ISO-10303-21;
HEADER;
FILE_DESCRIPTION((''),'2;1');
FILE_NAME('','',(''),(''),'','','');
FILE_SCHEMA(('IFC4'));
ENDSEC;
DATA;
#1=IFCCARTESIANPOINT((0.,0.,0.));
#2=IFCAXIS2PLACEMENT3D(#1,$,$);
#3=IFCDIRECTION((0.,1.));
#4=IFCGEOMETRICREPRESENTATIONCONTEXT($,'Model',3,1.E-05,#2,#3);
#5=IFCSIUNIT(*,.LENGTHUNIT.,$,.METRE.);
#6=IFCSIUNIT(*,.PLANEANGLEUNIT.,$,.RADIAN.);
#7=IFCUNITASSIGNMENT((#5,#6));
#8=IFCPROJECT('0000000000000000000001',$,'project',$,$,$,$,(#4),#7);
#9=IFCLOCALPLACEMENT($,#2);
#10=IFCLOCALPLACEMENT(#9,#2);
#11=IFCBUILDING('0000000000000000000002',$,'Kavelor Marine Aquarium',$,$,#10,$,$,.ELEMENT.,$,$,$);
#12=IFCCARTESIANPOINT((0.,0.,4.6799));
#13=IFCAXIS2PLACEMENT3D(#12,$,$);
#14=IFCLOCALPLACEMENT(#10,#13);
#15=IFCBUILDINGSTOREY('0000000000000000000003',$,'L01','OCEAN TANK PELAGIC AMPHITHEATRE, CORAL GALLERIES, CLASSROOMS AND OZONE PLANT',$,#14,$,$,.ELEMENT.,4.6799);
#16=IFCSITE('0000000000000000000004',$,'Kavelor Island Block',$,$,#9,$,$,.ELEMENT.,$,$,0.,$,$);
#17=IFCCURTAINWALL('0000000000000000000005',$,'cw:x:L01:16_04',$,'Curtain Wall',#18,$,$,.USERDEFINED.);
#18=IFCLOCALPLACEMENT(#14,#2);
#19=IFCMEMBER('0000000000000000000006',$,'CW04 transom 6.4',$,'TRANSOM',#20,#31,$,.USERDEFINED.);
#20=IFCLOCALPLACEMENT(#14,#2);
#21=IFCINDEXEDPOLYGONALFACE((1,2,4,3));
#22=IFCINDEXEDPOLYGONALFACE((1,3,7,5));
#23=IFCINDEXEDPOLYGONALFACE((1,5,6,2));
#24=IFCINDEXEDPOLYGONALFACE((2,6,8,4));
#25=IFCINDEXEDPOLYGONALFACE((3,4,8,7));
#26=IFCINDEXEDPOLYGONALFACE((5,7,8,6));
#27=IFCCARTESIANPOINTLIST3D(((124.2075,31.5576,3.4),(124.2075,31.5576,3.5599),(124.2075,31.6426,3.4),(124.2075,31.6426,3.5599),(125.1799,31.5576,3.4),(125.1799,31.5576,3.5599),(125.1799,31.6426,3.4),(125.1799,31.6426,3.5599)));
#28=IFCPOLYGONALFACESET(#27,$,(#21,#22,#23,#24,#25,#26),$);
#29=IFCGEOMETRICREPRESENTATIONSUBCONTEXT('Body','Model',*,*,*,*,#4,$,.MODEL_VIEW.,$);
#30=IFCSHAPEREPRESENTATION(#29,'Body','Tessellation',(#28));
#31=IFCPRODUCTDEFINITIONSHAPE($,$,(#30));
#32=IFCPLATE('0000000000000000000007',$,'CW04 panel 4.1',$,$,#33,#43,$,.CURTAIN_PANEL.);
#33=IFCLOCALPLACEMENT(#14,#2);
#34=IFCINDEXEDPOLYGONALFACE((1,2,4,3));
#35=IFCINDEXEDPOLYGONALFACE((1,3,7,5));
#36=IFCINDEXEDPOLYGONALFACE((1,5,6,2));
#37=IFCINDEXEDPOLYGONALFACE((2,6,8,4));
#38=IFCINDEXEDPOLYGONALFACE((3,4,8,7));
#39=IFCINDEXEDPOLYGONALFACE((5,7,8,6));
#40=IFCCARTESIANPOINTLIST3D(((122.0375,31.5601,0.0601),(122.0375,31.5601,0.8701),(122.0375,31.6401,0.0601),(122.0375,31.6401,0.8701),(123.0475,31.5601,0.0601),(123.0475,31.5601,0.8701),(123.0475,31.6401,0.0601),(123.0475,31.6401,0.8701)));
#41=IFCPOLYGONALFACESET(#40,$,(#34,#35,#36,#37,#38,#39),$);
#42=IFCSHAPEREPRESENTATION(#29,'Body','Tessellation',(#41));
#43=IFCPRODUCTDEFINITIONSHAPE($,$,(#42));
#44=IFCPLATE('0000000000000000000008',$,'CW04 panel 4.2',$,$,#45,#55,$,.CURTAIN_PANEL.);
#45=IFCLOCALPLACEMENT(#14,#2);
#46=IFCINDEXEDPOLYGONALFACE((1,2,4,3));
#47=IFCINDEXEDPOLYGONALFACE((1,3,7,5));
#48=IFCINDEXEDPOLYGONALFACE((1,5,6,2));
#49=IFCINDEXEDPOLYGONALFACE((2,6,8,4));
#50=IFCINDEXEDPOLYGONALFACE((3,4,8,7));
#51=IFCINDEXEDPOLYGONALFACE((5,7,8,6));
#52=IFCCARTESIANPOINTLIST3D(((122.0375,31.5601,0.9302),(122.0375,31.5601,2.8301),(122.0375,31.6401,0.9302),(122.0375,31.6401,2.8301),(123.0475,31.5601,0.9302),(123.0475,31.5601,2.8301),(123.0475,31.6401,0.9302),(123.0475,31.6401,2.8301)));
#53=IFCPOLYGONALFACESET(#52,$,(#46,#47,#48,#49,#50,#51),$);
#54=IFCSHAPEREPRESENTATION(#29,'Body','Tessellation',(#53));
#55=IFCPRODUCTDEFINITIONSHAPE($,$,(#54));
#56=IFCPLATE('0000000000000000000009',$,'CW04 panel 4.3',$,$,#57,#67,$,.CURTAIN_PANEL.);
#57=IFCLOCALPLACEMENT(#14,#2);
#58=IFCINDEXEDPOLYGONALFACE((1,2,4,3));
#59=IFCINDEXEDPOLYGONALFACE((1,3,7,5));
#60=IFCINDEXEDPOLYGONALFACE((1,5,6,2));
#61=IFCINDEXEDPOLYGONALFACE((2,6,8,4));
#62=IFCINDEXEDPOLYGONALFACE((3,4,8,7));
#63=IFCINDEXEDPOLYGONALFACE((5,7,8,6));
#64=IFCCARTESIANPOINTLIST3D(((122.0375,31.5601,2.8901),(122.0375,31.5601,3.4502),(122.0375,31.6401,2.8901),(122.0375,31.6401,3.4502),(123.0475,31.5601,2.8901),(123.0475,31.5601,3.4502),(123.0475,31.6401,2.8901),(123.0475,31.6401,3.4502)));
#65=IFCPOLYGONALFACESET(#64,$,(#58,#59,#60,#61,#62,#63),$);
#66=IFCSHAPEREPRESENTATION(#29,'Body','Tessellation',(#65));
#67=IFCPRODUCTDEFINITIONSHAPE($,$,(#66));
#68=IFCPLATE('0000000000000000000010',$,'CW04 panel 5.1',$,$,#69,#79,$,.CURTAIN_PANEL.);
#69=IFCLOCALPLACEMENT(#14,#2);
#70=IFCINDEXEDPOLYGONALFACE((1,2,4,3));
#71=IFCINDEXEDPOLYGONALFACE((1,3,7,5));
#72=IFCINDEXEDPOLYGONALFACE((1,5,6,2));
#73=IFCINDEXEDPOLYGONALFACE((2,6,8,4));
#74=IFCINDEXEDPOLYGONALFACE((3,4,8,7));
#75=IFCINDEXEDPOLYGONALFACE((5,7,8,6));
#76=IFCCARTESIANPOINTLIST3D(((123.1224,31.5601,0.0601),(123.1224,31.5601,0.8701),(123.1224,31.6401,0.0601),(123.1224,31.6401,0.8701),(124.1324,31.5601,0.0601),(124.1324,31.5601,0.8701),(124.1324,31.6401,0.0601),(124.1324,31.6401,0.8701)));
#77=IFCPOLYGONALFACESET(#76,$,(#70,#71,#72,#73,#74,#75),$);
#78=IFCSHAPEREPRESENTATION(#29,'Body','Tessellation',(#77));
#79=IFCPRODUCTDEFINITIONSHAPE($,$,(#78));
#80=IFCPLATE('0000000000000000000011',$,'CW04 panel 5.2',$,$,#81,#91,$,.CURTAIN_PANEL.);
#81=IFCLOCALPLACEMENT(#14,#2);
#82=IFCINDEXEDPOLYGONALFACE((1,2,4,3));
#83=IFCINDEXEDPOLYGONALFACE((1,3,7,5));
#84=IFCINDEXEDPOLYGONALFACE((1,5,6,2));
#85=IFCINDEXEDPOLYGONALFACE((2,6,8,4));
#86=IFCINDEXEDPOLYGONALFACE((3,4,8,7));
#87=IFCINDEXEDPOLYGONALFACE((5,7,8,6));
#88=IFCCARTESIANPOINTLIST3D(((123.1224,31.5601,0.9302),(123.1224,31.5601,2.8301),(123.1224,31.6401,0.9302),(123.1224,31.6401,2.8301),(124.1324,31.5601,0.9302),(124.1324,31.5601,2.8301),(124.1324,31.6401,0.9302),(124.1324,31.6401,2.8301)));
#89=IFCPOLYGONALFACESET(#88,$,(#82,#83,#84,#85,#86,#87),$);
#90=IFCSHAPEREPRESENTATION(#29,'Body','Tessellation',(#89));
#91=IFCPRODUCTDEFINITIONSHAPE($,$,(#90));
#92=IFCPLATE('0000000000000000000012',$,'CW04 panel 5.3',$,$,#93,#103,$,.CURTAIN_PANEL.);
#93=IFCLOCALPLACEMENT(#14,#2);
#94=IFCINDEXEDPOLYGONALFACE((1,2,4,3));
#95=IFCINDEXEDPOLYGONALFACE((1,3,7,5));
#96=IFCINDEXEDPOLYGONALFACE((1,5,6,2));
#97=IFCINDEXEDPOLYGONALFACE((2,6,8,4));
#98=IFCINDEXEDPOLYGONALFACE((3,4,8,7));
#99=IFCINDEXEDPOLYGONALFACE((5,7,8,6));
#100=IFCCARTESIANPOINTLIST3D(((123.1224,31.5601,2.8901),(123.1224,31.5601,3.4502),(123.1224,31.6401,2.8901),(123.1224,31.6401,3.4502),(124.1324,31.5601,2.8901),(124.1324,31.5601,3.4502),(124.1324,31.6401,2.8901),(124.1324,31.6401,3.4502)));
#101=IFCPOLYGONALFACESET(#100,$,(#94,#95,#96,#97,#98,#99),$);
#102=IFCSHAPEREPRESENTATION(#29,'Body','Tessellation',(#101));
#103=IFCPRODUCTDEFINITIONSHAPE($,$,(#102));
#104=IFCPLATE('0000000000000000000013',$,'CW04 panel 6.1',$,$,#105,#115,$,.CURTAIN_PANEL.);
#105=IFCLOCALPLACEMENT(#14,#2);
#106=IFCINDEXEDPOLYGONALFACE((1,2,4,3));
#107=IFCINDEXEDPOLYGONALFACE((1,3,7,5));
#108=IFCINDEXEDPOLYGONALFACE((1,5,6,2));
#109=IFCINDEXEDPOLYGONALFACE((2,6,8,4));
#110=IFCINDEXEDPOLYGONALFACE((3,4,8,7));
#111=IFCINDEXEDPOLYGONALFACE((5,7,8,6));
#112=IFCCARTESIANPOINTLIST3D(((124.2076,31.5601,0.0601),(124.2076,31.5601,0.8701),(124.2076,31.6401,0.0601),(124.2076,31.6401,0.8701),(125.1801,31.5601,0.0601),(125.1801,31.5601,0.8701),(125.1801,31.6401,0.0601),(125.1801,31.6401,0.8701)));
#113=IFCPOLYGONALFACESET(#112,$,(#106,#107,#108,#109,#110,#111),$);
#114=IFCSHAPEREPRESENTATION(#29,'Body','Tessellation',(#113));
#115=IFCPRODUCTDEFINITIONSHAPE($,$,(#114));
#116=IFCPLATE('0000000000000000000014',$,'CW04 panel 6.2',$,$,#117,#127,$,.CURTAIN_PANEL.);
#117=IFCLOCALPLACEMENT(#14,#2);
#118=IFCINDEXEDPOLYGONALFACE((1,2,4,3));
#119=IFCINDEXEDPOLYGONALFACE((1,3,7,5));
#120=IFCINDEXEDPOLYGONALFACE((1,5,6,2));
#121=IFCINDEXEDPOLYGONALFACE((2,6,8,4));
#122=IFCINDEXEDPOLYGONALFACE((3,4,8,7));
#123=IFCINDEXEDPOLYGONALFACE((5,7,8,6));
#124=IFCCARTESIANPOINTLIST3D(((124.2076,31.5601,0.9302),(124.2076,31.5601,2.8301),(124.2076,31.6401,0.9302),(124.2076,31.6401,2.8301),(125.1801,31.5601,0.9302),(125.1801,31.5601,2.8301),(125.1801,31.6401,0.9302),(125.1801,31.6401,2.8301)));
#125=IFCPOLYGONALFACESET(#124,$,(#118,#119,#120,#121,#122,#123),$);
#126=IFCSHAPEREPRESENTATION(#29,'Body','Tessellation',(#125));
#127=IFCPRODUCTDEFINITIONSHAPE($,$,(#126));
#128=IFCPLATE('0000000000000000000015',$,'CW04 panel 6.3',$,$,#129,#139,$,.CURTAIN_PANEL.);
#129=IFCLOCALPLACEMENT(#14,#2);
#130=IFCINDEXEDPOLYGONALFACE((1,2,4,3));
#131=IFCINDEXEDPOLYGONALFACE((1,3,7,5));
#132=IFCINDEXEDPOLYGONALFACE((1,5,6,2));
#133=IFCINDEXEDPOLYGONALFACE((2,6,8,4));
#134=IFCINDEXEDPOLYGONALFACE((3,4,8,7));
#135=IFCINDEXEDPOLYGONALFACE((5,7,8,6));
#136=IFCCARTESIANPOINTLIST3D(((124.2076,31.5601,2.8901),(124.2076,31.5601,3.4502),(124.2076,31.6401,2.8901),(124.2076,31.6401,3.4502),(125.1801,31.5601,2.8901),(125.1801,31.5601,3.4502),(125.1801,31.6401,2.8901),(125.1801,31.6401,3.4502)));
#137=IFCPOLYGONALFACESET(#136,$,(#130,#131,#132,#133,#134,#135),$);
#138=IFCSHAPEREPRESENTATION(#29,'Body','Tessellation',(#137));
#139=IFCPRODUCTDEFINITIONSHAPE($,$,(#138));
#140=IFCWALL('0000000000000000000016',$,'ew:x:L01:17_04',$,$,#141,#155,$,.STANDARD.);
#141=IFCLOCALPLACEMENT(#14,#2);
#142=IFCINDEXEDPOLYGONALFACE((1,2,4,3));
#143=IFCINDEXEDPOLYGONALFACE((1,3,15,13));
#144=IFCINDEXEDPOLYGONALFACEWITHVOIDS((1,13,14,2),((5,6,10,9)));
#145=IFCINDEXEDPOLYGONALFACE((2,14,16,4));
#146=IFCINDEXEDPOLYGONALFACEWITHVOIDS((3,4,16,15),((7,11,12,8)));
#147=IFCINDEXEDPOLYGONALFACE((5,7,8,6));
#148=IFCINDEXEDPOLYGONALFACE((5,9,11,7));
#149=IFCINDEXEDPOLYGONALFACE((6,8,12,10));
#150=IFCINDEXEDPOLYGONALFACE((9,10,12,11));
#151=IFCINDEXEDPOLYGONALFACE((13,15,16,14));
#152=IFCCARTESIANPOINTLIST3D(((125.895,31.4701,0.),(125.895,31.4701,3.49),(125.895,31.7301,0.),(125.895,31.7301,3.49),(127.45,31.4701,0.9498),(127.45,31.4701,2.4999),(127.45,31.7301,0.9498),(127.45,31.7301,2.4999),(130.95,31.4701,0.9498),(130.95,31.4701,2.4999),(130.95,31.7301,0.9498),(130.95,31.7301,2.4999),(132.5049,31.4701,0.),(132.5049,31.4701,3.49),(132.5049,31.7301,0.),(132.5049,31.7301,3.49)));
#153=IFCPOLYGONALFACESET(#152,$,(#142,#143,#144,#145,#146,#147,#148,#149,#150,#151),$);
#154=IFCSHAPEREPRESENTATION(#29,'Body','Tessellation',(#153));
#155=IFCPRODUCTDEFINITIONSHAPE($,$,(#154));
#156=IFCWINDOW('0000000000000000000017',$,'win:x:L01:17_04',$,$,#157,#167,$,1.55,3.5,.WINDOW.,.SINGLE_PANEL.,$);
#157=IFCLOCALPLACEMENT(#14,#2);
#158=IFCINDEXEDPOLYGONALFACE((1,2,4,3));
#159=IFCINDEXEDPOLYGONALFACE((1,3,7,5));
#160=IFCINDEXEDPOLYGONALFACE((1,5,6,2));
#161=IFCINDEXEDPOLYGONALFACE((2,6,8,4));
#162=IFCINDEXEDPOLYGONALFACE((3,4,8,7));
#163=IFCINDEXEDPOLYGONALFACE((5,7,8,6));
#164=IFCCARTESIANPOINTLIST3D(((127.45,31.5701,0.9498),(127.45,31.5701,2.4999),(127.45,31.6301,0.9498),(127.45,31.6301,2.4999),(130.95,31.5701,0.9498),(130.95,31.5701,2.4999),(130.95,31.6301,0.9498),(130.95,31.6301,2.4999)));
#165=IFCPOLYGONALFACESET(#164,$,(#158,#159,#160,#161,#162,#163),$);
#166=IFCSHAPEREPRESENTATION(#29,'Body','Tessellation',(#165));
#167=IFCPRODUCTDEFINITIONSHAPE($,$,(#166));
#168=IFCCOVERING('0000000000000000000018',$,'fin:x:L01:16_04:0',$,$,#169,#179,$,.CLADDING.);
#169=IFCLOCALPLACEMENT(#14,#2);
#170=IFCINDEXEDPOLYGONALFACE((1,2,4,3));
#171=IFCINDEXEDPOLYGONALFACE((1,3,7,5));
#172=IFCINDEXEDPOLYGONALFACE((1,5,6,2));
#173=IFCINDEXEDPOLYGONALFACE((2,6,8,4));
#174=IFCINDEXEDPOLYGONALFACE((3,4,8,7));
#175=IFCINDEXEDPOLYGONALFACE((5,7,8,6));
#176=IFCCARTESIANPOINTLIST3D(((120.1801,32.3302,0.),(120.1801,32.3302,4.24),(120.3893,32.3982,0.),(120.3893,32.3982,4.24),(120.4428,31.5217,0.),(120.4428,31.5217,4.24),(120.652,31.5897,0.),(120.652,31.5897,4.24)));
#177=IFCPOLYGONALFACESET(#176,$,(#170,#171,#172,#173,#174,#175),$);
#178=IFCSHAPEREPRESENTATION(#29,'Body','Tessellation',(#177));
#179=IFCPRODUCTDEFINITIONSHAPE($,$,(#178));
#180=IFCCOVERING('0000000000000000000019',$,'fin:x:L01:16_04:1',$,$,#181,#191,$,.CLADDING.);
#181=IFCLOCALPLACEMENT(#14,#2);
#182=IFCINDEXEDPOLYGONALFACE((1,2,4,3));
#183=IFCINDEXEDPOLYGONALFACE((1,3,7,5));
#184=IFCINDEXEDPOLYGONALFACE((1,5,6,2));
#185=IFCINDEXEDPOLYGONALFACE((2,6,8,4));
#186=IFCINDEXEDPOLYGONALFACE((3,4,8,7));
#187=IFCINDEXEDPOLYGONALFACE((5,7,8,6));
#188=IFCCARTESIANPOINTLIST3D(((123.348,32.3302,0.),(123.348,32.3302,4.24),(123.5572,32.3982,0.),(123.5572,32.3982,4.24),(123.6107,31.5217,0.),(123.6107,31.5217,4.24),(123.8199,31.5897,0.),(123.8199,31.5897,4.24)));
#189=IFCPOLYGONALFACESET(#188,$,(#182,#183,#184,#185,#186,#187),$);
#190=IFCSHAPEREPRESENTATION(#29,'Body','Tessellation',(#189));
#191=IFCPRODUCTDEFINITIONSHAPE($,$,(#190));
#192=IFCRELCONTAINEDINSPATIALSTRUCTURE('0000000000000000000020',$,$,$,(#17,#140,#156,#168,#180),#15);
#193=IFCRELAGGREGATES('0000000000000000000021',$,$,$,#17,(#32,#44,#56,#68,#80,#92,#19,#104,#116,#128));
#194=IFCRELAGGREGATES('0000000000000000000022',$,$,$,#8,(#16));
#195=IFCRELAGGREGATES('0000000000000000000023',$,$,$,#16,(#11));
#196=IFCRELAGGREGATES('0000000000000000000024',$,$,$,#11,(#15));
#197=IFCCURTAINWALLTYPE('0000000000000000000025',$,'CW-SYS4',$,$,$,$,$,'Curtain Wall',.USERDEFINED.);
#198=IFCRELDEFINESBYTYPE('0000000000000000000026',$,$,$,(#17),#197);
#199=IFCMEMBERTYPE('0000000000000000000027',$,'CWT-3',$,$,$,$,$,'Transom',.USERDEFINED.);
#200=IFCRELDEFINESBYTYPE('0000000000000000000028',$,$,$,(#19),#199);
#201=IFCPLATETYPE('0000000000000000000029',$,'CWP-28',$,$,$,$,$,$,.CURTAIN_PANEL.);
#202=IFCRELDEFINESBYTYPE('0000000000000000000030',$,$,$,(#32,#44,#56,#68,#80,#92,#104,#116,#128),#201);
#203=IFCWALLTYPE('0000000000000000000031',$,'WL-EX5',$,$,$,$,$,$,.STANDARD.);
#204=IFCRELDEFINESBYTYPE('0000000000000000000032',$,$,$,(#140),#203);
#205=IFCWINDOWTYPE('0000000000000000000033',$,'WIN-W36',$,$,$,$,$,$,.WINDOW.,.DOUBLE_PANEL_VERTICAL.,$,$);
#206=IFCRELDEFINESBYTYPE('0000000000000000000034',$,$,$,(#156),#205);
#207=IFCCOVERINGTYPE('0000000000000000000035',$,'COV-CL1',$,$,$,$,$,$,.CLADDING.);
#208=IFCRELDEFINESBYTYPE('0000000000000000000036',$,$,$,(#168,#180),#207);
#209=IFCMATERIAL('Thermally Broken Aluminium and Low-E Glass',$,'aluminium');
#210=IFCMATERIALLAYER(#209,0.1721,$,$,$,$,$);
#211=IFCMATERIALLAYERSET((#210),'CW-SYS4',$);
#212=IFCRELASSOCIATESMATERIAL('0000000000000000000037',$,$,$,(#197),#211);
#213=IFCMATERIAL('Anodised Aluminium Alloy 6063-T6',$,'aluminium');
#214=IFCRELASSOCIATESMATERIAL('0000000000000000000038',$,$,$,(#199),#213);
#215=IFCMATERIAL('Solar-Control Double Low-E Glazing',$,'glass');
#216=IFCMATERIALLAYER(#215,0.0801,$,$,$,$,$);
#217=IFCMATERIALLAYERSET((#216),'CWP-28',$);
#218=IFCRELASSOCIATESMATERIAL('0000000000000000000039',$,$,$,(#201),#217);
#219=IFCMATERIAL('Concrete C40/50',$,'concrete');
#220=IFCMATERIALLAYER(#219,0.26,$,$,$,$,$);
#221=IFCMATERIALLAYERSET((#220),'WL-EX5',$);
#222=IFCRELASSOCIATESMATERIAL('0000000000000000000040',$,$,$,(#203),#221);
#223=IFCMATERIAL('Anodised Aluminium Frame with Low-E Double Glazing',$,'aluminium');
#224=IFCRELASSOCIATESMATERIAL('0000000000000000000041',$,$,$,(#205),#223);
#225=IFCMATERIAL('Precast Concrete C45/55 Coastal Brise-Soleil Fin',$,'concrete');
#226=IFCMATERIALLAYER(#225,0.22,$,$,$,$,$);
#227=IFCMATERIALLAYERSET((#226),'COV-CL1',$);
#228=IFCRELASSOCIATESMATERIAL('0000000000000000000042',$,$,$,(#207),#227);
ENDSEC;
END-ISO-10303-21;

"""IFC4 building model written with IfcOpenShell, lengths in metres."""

from ifc_helpers import new_model, si_unit, direction, frame, frame_2d, origin, origin_2d, place, context, subcontext, project, spatial, rectangle, extrude, material, layer, layer_set, material_profile, profile_set, type_object, element, fill, aggregate, save


model = new_model("IFC4")

# Units and contexts
model_context = context("Model", 3, precision=1e-05, world=origin(), true_north=direction((0.0, 1.0)))
body_context = subcontext(model_context, "Body", "Model", "MODEL_VIEW")
ifc_project = project(units=[si_unit("LENGTHUNIT", "METRE"), si_unit("PLANEANGLEUNIT", "RADIAN")], contexts=[model_context])

# Site, building, storey
site_placement = place(None, origin())
site = spatial("IfcSite", under=ifc_project, at=site_placement, Name="Kavelor Island Block", CompositionType="ELEMENT", RefElevation=0.0)
building_placement = place(site_placement, origin())
building = spatial("IfcBuilding", under=site, at=building_placement, Name="Kavelor Marine Aquarium", CompositionType="ELEMENT")
storey_placement = place(building_placement, frame((0.0, 0.0, 4.6799)))
storey = spatial("IfcBuildingStorey", under=building, at=storey_placement, Name="L01", Description="OCEAN TANK PELAGIC AMPHITHEATRE, CORAL GALLERIES, CLASSROOMS AND OZONE PLANT", CompositionType="ELEMENT", Elevation=4.6799)

# Curtain wall, member, plates
ifc_material_1 = material(Name="Thermally Broken Aluminium and Low-E Glass", Category="aluminium")
ifc_layer_1 = layer(ifc_material_1, 0.1721)
ifc_layer_set_1 = layer_set([ifc_layer_1], Name="CW-SYS4")
curtain_wall_type = type_object("IfcCurtainWallType", Name="CW-SYS4", ElementType="Curtain Wall", PredefinedType="USERDEFINED", material=ifc_layer_set_1)
curtain_wall_placement = place(storey_placement, origin())
curtain_wall = element("IfcCurtainWall", 1, at=curtain_wall_placement, inside=storey, type_object=curtain_wall_type, Name="cw:x:L01:16_04", ObjectType="Curtain Wall", PredefinedType="USERDEFINED")
ifc_material_2 = material(Name="Anodised Aluminium Alloy 6063-T6", Category="aluminium")
ifc_material_profile_1 = material_profile(ifc_material_2, rectangle(XDim=0.085, YDim=0.1599, at=origin_2d()), Name="CW-TRN 85x160")
ifc_profile_set_1 = profile_set([ifc_material_profile_1], Name="Anodised Aluminium Alloy 6063-T6")
member_type_1 = type_object("IfcMemberType", Name="CWT-3", ElementType="Transom", PredefinedType="USERDEFINED", material=ifc_profile_set_1)
member_1_placement = place(storey_placement, frame((124.2075, 31.6001, 3.48), z_axis=(1.0, 0.0, 0.0), x_axis=(0.0, 1.0, 0.0)))
member_1 = element("IfcMember", 2, at=member_1_placement, type_object=member_type_1, Name="CW04 transom 6.4", ObjectType="TRANSOM", PredefinedType="USERDEFINED", context=body_context, shape_type="SweptSolid", body=[
    extrude(rectangle(XDim=0.085, YDim=0.1599, at=origin_2d()), origin(), (0.0, 0.0, 1.0), 0.9724),
])
ifc_material_3 = material(Name="Solar-Control Double Low-E Glazing", Category="glass")
ifc_layer_2 = layer(ifc_material_3, 0.0801)
ifc_layer_set_2 = layer_set([ifc_layer_2], Name="CWP-28")
plate_type = type_object("IfcPlateType", Name="CWP-28", PredefinedType="CURTAIN_PANEL", material=ifc_layer_set_2)
plate_1_placement = place(storey_placement, frame((122.5425, 31.6001, 0.0601), z_axis=(0.0, 0.0, 1.0), x_axis=(1.0, 0.0, 0.0)))
plate_1 = element("IfcPlate", 3, at=plate_1_placement, type_object=plate_type, Name="CW04 panel 4.1", PredefinedType="CURTAIN_PANEL", context=body_context, shape_type="SweptSolid", body=[
    extrude(rectangle(XDim=1.01, YDim=0.0801, at=origin_2d()), origin(), (0.0, 0.0, 1.0), 0.8101),
])
plate_2_placement = place(storey_placement, frame((122.5425, 31.6001, 0.9302), z_axis=(0.0, 0.0, 1.0), x_axis=(1.0, 0.0, 0.0)))
plate_2 = element("IfcPlate", 4, at=plate_2_placement, type_object=plate_type, Name="CW04 panel 4.2", PredefinedType="CURTAIN_PANEL", context=body_context, shape_type="SweptSolid", body=[
    extrude(rectangle(XDim=1.01, YDim=0.0801, at=origin_2d()), origin(), (0.0, 0.0, 1.0), 1.8999),
])
plate_3_placement = place(storey_placement, frame((122.5425, 31.6001, 2.8901), z_axis=(0.0, 0.0, 1.0), x_axis=(1.0, 0.0, 0.0)))
plate_3 = element("IfcPlate", 5, at=plate_3_placement, type_object=plate_type, Name="CW04 panel 4.3", PredefinedType="CURTAIN_PANEL", context=body_context, shape_type="SweptSolid", body=[
    extrude(rectangle(XDim=1.01, YDim=0.0801, at=origin_2d()), origin(), (0.0, 0.0, 1.0), 0.5601),
])
plate_4_placement = place(storey_placement, frame((123.6274, 31.6001, 0.0601), z_axis=(0.0, 0.0, 1.0), x_axis=(1.0, 0.0, 0.0)))
plate_4 = element("IfcPlate", 6, at=plate_4_placement, type_object=plate_type, Name="CW04 panel 5.1", PredefinedType="CURTAIN_PANEL", context=body_context, shape_type="SweptSolid", body=[
    extrude(rectangle(XDim=1.01, YDim=0.0801, at=origin_2d()), origin(), (0.0, 0.0, 1.0), 0.8101),
])
plate_5_placement = place(storey_placement, frame((123.6274, 31.6001, 0.9302), z_axis=(0.0, 0.0, 1.0), x_axis=(1.0, 0.0, 0.0)))
plate_5 = element("IfcPlate", 7, at=plate_5_placement, type_object=plate_type, Name="CW04 panel 5.2", PredefinedType="CURTAIN_PANEL", context=body_context, shape_type="SweptSolid", body=[
    extrude(rectangle(XDim=1.01, YDim=0.0801, at=origin_2d()), origin(), (0.0, 0.0, 1.0), 1.8999),
])
plate_6_placement = place(storey_placement, frame((123.6274, 31.6001, 2.8901), z_axis=(0.0, 0.0, 1.0), x_axis=(1.0, 0.0, 0.0)))
plate_6 = element("IfcPlate", 8, at=plate_6_placement, type_object=plate_type, Name="CW04 panel 5.3", PredefinedType="CURTAIN_PANEL", context=body_context, shape_type="SweptSolid", body=[
    extrude(rectangle(XDim=1.01, YDim=0.0801, at=origin_2d()), origin(), (0.0, 0.0, 1.0), 0.5601),
])
plate_7_placement = place(storey_placement, frame((124.6938, 31.6001, 0.0601), z_axis=(0.0, 0.0, 1.0), x_axis=(1.0, 0.0, 0.0)))
plate_7 = element("IfcPlate", 9, at=plate_7_placement, type_object=plate_type, Name="CW04 panel 6.1", PredefinedType="CURTAIN_PANEL", context=body_context, shape_type="SweptSolid", body=[
    extrude(rectangle(XDim=0.9724, YDim=0.0801, at=origin_2d()), origin(), (0.0, 0.0, 1.0), 0.8101),
])
plate_8_placement = place(storey_placement, frame((124.6938, 31.6001, 0.9302), z_axis=(0.0, 0.0, 1.0), x_axis=(1.0, 0.0, 0.0)))
plate_8 = element("IfcPlate", 10, at=plate_8_placement, type_object=plate_type, Name="CW04 panel 6.2", PredefinedType="CURTAIN_PANEL", context=body_context, shape_type="SweptSolid", body=[
    extrude(rectangle(XDim=0.9724, YDim=0.0801, at=origin_2d()), origin(), (0.0, 0.0, 1.0), 1.8999),
])
plate_9_placement = place(storey_placement, frame((124.6938, 31.6001, 2.8901), z_axis=(0.0, 0.0, 1.0), x_axis=(1.0, 0.0, 0.0)))
plate_9 = element("IfcPlate", 11, at=plate_9_placement, type_object=plate_type, Name="CW04 panel 6.3", PredefinedType="CURTAIN_PANEL", context=body_context, shape_type="SweptSolid", body=[
    extrude(rectangle(XDim=0.9724, YDim=0.0801, at=origin_2d()), origin(), (0.0, 0.0, 1.0), 0.5601),
])
aggregate(curtain_wall, [plate_1, plate_2, plate_3, plate_4, plate_5, plate_6, member_1, plate_7, plate_8, plate_9])

# Wall, opening, window
ifc_material_4 = material(Name="Concrete C40/50", Category="concrete")
ifc_layer_3 = layer(ifc_material_4, 0.26)
ifc_layer_set_3 = layer_set([ifc_layer_3], Name="WL-EX5")
wall_type = type_object("IfcWallType", Name="WL-EX5", PredefinedType="STANDARD", material=ifc_layer_set_3)
wall_placement = place(storey_placement, frame((125.895, 31.6001, 0.0), z_axis=(0.0, 0.0, 1.0), x_axis=(1.0, 0.0, 0.0)))
wall = element("IfcWall", 12, at=wall_placement, inside=storey, type_object=wall_type, Name="ew:x:L01:17_04", PredefinedType="STANDARD", context=body_context, shape_type="SweptSolid", body=[
    extrude(rectangle(XDim=6.6099, YDim=0.26, at=frame_2d((3.3049, 0.0))), origin(), (0.0, 0.0, 1.0), 3.49),
])
opening_placement = place(wall_placement, frame((1.5549, 0.0, 0.95)))
opening = element("IfcOpeningElement", 13, at=opening_placement, cuts=wall, PredefinedType="OPENING", context=body_context, shape_type="SweptSolid", body=[
    extrude(rectangle(XDim=3.5, YDim=1.55, at=frame_2d((1.75, 0.7749))), frame((0.0, 0.1399, 0.0), z_axis=(0.0, -1.0, 0.0), x_axis=(1.0, 0.0, 0.0)), (0.0, 0.0, 1.0), 0.28),
])
ifc_material_5 = material(Name="Anodised Aluminium Frame with Low-E Double Glazing", Category="aluminium")
window_type = type_object("IfcWindowType", Name="WIN-W36", PartitioningType="DOUBLE_PANEL_VERTICAL", PredefinedType="WINDOW", material=ifc_material_5)
window_placement = place(opening_placement, origin())
window = element("IfcWindow", 14, at=window_placement, inside=storey, type_object=window_type, Name="win:x:L01:17_04", OverallHeight=1.55, OverallWidth=3.5, PartitioningType="SINGLE_PANEL", PredefinedType="WINDOW", context=body_context, shape_type="SweptSolid", body=[
    extrude(rectangle(XDim=3.5, YDim=1.55, at=frame_2d((1.75, 0.7749))), frame((0.0, 0.03, 0.0), z_axis=(0.0, -1.0, 0.0), x_axis=(1.0, 0.0, 0.0)), (0.0, 0.0, 1.0), 0.0601),
])
fill(opening, window)

# Coverings
ifc_material_6 = material(Name="Precast Concrete C45/55 Coastal Brise-Soleil Fin", Category="concrete")
ifc_layer_4 = layer(ifc_material_6, 0.22)
ifc_layer_set_4 = layer_set([ifc_layer_4], Name="COV-CL1")
covering_type = type_object("IfcCoveringType", Name="COV-CL1", PredefinedType="CLADDING", material=ifc_layer_set_4)
for number, where, z_axis, x_axis, name in (
    (15, (120.416, 31.96, 0.0), (0.0, 0.0, 1.0), (0.951057, 0.309017, 0.0), "fin:x:L01:16_04:0"),
    (16, (123.584, 31.96, 0.0), (0.0, 0.0, 1.0), (0.951057, 0.309017, 0.0), "fin:x:L01:16_04:1"),
):
    element("IfcCovering", number, at=place(storey_placement, frame(where, z_axis=z_axis, x_axis=x_axis)), inside=storey, type_object=covering_type, Name=name, PredefinedType="CLADDING", context=body_context, shape_type="SweptSolid", body=[
        extrude(rectangle(XDim=0.22, YDim=0.8501, at=origin_2d()), origin(), (0.0, 0.0, 1.0), 4.24),
    ])

save(model, "model.ifc")
